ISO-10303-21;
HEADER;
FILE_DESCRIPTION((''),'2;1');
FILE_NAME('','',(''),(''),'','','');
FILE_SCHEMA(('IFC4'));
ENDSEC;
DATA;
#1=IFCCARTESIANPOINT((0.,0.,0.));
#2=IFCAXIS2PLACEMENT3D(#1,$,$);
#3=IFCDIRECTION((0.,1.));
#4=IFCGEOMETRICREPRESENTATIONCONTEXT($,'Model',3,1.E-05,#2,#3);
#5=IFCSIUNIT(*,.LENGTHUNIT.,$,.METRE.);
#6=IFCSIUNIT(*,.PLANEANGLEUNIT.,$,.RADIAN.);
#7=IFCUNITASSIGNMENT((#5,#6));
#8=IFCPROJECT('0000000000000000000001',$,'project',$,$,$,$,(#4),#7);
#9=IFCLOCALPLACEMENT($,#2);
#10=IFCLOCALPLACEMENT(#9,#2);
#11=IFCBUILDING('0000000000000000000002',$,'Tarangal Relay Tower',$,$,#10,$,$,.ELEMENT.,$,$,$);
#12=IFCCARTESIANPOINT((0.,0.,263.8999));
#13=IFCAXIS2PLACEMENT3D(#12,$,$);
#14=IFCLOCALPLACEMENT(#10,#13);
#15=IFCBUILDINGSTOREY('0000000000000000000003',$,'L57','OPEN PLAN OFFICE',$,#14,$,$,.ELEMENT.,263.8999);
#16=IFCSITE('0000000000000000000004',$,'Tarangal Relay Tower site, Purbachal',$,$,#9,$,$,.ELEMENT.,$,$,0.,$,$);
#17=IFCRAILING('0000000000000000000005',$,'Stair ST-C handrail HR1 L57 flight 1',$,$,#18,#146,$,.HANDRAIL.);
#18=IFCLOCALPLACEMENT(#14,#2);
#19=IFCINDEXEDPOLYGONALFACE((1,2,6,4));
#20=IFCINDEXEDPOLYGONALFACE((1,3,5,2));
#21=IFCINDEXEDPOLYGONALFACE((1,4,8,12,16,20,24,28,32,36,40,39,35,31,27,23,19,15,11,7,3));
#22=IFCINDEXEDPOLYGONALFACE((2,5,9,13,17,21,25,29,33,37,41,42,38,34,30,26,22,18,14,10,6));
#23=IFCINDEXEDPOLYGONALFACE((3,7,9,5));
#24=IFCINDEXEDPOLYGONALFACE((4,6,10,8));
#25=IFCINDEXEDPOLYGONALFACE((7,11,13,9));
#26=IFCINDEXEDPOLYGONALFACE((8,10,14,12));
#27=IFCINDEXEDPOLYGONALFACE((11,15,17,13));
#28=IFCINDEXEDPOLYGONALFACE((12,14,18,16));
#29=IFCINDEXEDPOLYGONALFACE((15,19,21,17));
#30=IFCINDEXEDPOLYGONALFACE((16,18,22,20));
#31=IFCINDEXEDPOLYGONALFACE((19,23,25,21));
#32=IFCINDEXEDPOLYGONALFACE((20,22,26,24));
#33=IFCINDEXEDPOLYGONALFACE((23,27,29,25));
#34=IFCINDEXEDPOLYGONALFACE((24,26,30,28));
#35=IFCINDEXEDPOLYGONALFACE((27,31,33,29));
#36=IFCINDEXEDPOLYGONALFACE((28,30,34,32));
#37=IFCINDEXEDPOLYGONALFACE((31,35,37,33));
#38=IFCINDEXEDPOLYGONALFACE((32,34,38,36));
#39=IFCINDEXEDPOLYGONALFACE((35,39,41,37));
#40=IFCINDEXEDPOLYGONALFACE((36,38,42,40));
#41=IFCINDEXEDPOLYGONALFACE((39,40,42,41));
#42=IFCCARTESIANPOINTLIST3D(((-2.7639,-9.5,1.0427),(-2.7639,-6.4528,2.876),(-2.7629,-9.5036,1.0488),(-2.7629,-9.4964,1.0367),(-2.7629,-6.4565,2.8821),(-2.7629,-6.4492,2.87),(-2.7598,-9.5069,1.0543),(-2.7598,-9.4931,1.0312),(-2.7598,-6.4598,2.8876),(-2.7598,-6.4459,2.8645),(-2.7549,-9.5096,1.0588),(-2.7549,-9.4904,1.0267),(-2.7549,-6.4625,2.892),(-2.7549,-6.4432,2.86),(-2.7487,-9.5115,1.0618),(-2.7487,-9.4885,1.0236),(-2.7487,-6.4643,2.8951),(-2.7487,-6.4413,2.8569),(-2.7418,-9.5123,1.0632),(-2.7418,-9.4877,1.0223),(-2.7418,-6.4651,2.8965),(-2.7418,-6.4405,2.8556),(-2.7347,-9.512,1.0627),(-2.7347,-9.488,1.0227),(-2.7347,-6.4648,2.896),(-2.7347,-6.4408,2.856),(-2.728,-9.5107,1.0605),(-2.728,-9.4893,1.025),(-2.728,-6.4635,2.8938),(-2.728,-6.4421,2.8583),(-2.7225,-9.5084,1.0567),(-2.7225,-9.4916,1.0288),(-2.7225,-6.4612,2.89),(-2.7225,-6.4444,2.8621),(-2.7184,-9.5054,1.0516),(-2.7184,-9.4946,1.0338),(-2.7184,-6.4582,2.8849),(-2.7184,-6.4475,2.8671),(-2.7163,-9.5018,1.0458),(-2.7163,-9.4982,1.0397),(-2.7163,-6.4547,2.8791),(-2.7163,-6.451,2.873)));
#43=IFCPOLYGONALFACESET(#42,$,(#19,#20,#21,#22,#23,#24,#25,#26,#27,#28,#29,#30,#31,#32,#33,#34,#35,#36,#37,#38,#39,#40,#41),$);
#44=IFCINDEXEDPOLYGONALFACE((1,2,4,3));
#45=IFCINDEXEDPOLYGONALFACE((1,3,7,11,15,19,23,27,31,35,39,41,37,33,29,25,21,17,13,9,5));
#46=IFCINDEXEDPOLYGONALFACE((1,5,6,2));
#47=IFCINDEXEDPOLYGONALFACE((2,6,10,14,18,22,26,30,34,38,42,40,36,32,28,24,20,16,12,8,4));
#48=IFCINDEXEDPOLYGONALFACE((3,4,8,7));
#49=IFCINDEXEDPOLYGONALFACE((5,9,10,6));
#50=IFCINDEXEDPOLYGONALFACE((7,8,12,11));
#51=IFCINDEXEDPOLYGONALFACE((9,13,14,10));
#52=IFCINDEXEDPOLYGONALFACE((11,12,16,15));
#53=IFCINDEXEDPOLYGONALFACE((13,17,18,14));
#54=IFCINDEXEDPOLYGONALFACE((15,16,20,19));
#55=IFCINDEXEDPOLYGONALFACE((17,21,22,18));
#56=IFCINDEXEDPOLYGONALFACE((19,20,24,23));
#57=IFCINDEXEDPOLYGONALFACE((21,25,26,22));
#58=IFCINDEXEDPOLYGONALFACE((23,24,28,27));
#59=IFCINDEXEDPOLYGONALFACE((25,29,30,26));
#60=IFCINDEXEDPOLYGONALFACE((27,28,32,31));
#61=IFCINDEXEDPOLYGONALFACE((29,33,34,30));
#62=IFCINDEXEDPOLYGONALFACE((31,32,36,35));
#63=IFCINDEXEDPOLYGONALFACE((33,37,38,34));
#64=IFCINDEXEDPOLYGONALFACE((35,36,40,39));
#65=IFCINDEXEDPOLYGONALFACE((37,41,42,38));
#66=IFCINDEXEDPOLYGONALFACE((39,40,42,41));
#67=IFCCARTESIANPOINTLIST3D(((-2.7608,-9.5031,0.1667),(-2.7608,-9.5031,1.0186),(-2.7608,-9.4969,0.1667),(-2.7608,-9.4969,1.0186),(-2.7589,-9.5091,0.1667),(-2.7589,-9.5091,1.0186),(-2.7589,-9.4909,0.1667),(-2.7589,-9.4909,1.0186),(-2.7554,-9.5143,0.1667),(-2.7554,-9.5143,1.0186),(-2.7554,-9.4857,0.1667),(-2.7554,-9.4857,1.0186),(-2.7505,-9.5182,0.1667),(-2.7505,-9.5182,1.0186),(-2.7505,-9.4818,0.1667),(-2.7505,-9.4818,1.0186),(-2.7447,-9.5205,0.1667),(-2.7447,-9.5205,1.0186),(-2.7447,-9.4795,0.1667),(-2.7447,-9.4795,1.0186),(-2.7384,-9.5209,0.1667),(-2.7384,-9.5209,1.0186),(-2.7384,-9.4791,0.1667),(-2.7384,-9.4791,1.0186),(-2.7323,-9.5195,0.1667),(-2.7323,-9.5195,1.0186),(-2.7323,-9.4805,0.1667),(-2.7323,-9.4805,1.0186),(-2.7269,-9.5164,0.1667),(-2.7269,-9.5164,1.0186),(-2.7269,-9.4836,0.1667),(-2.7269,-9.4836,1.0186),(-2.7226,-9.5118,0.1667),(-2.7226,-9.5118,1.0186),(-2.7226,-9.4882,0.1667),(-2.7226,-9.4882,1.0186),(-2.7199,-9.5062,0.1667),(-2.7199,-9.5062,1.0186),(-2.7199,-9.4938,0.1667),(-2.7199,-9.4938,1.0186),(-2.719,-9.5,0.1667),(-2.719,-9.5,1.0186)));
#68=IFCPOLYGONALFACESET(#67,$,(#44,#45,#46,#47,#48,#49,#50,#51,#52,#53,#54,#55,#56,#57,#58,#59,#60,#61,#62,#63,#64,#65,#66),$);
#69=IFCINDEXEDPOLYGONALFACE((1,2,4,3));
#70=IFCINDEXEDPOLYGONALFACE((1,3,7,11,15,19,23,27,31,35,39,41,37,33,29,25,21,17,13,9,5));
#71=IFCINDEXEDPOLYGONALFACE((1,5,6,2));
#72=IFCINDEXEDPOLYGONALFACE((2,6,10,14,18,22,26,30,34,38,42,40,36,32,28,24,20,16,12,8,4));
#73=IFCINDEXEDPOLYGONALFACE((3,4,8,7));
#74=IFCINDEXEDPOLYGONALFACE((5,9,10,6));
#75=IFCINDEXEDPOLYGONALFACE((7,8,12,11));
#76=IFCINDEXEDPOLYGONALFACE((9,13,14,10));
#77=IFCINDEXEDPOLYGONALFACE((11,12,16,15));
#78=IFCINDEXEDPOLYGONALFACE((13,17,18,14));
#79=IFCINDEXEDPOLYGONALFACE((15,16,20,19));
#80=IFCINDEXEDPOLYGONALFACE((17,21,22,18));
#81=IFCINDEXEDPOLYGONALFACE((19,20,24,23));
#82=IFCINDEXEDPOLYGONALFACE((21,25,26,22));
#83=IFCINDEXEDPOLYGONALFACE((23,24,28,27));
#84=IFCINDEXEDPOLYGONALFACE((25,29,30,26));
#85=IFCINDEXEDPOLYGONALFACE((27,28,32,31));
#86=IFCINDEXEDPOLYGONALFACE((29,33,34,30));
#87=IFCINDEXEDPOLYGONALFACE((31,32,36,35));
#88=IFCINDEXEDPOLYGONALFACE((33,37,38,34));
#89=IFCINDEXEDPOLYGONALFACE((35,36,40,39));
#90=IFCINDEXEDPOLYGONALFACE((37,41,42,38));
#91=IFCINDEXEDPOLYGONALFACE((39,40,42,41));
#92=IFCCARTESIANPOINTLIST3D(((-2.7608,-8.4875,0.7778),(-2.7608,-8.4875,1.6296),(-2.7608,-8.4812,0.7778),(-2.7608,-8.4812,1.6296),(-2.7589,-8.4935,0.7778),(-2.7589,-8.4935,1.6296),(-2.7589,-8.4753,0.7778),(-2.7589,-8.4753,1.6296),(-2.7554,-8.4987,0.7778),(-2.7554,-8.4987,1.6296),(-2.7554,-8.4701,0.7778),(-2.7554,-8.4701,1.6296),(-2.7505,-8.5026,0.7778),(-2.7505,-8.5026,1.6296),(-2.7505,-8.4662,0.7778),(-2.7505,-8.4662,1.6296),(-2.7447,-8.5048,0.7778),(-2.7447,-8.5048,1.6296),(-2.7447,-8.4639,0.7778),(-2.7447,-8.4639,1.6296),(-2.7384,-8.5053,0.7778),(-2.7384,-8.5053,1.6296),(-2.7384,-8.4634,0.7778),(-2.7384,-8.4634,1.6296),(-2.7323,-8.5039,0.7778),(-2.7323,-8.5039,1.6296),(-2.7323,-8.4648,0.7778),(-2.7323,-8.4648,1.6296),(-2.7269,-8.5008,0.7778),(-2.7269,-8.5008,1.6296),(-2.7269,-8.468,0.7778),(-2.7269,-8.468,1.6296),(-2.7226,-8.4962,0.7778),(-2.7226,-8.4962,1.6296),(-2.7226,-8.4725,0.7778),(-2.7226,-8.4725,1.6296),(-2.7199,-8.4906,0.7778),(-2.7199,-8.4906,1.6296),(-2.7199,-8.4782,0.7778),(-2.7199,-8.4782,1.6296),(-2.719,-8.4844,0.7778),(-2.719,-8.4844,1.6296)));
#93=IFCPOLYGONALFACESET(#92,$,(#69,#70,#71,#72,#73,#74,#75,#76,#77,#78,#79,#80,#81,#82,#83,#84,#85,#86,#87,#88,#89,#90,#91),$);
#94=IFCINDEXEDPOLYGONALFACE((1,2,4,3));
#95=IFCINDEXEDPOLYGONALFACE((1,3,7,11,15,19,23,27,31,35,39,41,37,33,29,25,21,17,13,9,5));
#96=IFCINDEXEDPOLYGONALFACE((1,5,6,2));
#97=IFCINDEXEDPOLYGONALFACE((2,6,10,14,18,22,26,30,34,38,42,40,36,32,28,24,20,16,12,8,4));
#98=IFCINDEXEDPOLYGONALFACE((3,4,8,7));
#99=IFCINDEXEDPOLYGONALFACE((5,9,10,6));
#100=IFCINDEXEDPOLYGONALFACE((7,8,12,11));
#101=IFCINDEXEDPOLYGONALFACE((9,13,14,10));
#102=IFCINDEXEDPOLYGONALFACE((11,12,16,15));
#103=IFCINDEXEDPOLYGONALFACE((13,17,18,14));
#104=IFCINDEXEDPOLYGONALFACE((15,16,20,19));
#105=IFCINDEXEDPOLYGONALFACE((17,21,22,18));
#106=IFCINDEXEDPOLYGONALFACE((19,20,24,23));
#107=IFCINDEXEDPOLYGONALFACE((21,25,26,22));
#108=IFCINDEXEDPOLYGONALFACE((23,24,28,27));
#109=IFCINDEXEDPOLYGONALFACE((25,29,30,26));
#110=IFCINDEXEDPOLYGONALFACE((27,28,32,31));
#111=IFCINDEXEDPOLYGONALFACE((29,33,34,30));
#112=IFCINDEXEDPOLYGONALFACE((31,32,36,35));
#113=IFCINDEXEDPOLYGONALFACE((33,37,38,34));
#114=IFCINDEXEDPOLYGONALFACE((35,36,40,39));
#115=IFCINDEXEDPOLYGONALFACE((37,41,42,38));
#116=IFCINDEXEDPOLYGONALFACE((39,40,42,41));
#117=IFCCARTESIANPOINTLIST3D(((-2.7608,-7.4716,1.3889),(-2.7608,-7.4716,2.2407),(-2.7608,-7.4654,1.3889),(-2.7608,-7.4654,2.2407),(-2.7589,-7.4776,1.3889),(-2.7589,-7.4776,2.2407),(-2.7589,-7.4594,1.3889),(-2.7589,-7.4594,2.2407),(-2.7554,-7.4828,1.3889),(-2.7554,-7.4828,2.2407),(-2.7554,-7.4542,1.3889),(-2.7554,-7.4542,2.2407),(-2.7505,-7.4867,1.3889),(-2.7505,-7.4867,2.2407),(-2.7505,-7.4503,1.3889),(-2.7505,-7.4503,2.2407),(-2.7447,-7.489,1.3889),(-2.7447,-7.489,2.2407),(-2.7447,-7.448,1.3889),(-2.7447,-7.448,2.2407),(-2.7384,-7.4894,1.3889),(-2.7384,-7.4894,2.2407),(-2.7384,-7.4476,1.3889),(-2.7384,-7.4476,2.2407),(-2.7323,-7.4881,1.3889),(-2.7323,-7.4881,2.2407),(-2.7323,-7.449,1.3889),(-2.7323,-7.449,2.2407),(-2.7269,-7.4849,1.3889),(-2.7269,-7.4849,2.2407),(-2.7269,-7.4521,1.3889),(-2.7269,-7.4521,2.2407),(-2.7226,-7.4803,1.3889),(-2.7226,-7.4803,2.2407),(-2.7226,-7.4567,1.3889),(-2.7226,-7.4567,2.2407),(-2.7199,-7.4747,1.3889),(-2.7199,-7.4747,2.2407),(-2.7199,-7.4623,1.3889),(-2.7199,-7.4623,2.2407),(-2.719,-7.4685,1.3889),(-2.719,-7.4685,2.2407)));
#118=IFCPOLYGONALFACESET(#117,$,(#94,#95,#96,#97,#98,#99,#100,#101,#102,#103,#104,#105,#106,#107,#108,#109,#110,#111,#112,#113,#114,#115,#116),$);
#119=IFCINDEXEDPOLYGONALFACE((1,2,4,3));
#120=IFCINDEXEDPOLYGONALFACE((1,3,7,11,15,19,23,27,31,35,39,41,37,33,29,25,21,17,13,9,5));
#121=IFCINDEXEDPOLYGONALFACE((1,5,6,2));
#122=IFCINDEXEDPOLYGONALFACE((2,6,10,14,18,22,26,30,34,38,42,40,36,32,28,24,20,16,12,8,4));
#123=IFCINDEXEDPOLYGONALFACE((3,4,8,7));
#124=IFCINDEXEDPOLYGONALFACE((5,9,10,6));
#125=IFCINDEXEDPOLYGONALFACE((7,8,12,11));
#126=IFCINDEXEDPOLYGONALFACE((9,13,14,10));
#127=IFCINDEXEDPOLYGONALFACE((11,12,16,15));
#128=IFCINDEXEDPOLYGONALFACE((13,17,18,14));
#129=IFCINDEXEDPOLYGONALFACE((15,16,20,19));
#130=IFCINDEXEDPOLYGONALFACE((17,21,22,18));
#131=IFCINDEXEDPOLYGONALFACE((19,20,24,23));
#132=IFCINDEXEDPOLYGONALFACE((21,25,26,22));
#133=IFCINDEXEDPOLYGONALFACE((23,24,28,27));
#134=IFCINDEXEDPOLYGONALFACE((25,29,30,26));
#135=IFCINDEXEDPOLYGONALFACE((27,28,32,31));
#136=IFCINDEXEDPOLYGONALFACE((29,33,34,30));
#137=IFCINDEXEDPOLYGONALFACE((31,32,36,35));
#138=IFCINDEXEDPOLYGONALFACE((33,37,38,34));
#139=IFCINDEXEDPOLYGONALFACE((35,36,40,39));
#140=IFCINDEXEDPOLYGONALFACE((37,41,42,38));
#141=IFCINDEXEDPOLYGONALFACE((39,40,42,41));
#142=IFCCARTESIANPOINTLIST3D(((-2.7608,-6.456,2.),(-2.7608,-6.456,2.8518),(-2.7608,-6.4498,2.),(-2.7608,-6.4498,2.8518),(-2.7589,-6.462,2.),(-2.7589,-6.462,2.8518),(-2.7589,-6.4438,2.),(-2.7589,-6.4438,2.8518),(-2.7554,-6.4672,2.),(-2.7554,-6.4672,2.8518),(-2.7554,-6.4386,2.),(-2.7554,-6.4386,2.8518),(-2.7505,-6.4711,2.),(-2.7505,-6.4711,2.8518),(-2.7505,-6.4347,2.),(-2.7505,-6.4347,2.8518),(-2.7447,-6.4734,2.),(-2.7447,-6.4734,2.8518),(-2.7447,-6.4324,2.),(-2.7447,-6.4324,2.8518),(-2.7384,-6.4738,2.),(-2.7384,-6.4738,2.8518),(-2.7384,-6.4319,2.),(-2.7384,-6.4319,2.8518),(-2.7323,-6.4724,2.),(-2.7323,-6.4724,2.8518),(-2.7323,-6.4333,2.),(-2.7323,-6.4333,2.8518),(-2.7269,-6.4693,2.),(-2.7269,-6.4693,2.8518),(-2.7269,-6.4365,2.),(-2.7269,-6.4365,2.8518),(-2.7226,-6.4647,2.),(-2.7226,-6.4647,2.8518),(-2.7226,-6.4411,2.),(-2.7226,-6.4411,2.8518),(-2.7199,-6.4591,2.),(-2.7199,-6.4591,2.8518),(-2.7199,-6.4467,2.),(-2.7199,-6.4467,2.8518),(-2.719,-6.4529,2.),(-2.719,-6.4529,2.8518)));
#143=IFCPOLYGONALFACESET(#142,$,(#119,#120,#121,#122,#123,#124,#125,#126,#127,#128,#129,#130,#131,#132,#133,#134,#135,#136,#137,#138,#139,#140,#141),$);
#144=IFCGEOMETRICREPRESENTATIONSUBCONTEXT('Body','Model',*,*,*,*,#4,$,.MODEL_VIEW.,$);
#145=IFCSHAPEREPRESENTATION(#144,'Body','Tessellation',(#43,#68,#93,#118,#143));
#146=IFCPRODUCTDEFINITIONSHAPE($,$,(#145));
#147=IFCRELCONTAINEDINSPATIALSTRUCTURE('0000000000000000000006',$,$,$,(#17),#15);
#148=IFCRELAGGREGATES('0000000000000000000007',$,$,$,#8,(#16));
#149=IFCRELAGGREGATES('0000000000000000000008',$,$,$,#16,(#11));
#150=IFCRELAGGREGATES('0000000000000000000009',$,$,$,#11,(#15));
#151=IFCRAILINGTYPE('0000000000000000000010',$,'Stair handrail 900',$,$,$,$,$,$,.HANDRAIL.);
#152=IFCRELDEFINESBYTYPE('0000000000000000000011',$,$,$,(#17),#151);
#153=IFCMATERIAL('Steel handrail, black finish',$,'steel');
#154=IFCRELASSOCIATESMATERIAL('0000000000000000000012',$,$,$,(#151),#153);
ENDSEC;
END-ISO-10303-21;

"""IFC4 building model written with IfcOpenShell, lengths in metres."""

from ifc_helpers import new_model, si_unit, direction, frame, origin, origin_2d, place, context, subcontext, project, spatial, circle, extrude, material, type_object, element, save


model = new_model("IFC4")

# Units and contexts
model_context = context("Model", 3, precision=1e-05, world=origin(), true_north=direction((0.0, 1.0)))
body_context = subcontext(model_context, "Body", "Model", "MODEL_VIEW")
ifc_project = project(units=[si_unit("LENGTHUNIT", "METRE"), si_unit("PLANEANGLEUNIT", "RADIAN")], contexts=[model_context])

# Site, building, storey
site_placement = place(None, origin())
site = spatial("IfcSite", under=ifc_project, at=site_placement, Name="Tarangal Relay Tower site, Purbachal", CompositionType="ELEMENT", RefElevation=0.0)
building_placement = place(site_placement, origin())
building = spatial("IfcBuilding", under=site, at=building_placement, Name="Tarangal Relay Tower", CompositionType="ELEMENT")
storey_placement = place(building_placement, frame((0.0, 0.0, 263.8999)))
storey = spatial("IfcBuildingStorey", under=building, at=storey_placement, Name="L57", Description="OPEN PLAN OFFICE", CompositionType="ELEMENT", Elevation=263.8999)

# Railing
ifc_material_1 = material(Name="Steel handrail, black finish", Category="steel")
railing_type_1 = type_object("IfcRailingType", Name="Stair handrail 900", PredefinedType="HANDRAIL", material=ifc_material_1)
railing_1_placement = place(storey_placement, frame((-2.74, -9.5, 0.1667)))
element("IfcRailing", 1, at=railing_1_placement, inside=storey, type_object=railing_type_1, Name="Stair ST-C handrail HR1 L57 flight 1", PredefinedType="HANDRAIL", context=body_context, shape_type="SweptSolid", body=[
    extrude(circle(Radius=0.0239, at=origin_2d()), frame((0.0, 0.0, 0.876), z_axis=(0.0, 0.856874, 0.515525), x_axis=(-1.0, 0.0, 0.0)), (0.0, 0.0, 1.0), 3.5562),
    extrude(circle(Radius=0.021, at=origin_2d()), origin(), (0.0, 0.0, 1.0), 0.8518),
    extrude(circle(Radius=0.021, at=origin_2d()), frame((0.0, 1.0156, 0.6111)), (0.0, 0.0, 1.0), 0.8518),
    extrude(circle(Radius=0.021, at=origin_2d()), frame((0.0, 2.0315, 1.2222)), (0.0, 0.0, 1.0), 0.8518),
    extrude(circle(Radius=0.021, at=origin_2d()), frame((0.0, 3.0471, 1.8333)), (0.0, 0.0, 1.0), 0.8518),
])

save(model, "model.ifc")
